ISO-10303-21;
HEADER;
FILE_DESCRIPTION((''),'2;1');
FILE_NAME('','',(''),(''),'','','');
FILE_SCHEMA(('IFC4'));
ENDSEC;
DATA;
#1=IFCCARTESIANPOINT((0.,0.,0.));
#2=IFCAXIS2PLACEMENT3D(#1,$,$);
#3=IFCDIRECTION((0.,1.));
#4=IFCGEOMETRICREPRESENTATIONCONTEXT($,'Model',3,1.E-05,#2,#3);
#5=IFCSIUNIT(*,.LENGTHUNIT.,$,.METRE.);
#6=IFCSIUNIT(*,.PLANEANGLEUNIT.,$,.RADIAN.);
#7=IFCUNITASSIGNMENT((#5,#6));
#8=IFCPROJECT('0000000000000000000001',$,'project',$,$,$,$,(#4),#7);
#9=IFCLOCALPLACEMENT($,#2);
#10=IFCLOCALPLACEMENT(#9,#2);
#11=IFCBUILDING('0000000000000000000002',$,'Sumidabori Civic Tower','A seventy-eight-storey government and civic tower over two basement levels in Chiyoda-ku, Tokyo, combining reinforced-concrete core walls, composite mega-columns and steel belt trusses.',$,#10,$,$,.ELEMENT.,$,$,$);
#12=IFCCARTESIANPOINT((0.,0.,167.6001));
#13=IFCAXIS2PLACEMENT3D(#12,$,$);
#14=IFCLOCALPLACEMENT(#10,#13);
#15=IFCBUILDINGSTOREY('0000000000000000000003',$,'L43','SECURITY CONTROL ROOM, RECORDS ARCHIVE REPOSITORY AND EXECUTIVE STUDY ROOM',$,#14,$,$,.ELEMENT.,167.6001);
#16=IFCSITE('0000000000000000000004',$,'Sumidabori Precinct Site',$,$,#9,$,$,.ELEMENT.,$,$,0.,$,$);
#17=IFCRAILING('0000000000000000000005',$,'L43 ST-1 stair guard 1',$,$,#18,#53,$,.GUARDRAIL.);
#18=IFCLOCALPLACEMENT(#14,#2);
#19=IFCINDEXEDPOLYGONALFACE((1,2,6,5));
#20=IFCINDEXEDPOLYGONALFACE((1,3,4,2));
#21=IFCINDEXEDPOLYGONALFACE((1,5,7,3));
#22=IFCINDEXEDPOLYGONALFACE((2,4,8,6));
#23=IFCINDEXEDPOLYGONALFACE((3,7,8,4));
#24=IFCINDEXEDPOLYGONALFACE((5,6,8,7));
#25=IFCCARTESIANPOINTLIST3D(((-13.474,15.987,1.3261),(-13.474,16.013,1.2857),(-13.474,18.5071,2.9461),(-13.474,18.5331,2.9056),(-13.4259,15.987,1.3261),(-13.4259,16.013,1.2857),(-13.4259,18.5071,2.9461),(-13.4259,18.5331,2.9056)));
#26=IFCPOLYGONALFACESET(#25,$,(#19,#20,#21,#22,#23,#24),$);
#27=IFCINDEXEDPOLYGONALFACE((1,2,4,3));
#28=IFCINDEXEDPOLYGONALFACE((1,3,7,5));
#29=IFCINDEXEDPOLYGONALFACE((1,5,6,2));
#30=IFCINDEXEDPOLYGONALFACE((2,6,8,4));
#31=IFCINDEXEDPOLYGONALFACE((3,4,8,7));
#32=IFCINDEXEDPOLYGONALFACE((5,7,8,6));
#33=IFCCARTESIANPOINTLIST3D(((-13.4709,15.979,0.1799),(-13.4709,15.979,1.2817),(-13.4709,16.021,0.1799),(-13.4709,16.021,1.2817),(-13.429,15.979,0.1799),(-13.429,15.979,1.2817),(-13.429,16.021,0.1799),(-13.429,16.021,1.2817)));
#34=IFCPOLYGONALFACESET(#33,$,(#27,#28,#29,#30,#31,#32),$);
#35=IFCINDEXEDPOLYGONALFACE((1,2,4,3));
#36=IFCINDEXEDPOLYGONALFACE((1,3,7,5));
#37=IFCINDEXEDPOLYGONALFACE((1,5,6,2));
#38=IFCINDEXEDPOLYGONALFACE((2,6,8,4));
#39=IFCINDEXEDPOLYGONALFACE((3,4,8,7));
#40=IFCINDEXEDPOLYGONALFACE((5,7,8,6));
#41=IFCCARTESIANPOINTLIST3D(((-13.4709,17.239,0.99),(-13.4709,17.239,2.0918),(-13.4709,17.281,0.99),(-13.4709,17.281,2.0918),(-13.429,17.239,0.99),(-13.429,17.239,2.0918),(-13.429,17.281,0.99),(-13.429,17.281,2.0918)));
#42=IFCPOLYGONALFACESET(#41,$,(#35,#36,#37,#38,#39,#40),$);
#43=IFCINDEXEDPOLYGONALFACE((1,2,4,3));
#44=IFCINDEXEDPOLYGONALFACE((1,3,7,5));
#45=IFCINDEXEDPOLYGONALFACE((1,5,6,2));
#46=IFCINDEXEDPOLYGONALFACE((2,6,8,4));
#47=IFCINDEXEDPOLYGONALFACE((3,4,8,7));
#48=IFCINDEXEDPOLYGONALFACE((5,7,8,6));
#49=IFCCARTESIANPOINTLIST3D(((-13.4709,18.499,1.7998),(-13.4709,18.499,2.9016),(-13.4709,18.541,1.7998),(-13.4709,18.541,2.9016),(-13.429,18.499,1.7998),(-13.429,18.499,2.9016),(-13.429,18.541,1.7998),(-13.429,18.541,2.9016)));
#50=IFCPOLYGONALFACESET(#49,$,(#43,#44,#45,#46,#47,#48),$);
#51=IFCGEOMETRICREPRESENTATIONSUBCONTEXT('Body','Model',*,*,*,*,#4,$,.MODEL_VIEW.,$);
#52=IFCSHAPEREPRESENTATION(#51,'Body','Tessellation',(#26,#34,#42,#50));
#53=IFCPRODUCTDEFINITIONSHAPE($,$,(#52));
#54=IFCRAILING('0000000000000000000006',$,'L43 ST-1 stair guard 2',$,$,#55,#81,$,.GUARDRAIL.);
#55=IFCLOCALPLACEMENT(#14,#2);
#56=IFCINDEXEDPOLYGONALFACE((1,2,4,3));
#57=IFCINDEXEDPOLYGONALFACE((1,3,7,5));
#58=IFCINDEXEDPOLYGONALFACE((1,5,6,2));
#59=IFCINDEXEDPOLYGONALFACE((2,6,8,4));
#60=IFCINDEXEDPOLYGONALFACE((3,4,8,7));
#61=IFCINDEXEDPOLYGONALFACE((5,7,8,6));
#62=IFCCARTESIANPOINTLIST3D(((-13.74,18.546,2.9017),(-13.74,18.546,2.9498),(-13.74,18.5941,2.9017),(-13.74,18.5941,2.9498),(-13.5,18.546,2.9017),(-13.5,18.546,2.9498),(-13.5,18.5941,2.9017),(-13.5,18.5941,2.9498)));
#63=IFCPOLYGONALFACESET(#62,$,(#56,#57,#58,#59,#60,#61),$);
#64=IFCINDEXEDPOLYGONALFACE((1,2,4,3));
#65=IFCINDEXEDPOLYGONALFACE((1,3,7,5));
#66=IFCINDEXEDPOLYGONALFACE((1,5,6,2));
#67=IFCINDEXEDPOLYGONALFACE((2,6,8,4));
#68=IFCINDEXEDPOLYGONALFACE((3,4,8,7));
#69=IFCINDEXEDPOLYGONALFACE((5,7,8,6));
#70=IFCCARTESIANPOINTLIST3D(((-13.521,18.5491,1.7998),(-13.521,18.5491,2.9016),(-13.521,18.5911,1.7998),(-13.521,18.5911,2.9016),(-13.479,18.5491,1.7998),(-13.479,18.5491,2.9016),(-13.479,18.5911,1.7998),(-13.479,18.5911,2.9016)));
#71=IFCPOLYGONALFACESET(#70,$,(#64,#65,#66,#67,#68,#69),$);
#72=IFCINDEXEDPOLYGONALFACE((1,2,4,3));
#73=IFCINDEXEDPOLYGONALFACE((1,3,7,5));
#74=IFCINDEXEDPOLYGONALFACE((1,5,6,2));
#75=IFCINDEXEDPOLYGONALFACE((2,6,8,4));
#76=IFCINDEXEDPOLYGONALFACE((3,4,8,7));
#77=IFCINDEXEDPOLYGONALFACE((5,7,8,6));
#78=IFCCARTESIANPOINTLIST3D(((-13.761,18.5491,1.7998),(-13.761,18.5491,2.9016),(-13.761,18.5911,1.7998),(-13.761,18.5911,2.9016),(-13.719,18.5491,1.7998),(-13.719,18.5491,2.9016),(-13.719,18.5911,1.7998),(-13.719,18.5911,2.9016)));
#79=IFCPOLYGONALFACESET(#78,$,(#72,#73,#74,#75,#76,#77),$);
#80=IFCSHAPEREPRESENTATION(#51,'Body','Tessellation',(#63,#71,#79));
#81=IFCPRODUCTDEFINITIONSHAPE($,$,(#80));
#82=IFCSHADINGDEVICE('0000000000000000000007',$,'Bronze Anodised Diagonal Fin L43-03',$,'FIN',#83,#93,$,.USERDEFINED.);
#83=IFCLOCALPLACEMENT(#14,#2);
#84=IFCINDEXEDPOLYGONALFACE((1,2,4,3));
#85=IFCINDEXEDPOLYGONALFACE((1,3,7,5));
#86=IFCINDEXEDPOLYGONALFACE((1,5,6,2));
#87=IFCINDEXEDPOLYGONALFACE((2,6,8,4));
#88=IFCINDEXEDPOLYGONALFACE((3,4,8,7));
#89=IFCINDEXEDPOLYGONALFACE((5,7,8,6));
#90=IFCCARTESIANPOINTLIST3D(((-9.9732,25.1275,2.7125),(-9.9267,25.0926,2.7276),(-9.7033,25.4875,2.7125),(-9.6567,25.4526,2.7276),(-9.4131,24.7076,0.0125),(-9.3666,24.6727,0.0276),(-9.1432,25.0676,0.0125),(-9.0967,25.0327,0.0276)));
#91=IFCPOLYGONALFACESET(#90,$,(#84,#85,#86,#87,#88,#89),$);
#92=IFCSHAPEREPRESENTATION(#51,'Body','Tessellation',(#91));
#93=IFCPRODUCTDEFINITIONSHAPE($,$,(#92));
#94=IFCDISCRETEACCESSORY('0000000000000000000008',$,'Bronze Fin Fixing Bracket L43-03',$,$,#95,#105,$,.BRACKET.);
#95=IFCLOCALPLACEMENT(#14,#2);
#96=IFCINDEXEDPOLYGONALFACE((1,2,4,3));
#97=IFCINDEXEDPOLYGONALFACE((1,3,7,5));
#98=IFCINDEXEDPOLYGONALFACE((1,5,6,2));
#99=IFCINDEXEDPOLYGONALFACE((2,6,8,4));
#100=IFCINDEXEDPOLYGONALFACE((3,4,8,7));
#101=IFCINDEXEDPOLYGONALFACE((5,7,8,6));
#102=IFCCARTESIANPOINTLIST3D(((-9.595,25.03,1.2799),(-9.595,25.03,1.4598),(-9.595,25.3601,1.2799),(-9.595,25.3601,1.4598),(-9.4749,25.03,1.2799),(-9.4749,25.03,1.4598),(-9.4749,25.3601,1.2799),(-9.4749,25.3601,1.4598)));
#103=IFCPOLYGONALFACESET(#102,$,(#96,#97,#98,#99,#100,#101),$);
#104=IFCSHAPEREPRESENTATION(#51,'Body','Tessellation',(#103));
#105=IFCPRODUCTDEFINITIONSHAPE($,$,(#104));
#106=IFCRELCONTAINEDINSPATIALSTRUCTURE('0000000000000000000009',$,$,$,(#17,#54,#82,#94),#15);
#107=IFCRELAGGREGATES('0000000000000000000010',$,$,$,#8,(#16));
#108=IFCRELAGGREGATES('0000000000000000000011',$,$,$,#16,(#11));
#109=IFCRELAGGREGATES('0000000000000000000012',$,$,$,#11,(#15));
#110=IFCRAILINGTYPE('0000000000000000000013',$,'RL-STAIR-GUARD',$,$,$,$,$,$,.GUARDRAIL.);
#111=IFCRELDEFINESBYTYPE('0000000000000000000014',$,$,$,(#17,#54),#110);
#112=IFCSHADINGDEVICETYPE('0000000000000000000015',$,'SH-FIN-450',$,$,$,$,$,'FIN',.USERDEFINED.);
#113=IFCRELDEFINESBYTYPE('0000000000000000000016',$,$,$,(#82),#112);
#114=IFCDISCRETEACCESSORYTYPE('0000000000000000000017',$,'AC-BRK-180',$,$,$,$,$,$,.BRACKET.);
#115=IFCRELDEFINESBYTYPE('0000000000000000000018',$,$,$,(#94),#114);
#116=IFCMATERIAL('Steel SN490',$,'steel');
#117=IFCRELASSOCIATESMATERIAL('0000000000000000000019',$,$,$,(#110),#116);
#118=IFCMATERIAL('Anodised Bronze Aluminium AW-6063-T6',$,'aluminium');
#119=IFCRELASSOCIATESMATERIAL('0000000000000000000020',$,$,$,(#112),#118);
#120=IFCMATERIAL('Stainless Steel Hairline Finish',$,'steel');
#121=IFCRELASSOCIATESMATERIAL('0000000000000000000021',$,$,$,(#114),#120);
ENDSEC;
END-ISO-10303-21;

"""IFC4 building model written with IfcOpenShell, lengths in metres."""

from ifc_helpers import new_model, si_unit, direction, frame, origin, origin_2d, place, context, subcontext, project, spatial, rectangle, extrude, source, transform, mapped, material, material_profile, profile_set, type_object, element, save


model = new_model("IFC4")

# Units and contexts
model_context = context("Model", 3, precision=1e-05, world=origin(), true_north=direction((0.0, 1.0)))
body_context = subcontext(model_context, "Body", "Model", "MODEL_VIEW")
ifc_project = project(units=[si_unit("LENGTHUNIT", "METRE"), si_unit("PLANEANGLEUNIT", "RADIAN")], contexts=[model_context])

# Site, building, storey
site_placement = place(None, origin())
site = spatial("IfcSite", under=ifc_project, at=site_placement, Name="Sumidabori Precinct Site", CompositionType="ELEMENT", RefElevation=0.0)
building_placement = place(site_placement, origin())
building = spatial("IfcBuilding", under=site, at=building_placement, Name="Sumidabori Civic Tower", Description="A seventy-eight-storey government and civic tower over two basement levels in Chiyoda-ku, Tokyo, combining reinforced-concrete core walls, composite mega-columns and steel belt trusses.", CompositionType="ELEMENT")
storey_placement = place(building_placement, frame((0.0, 0.0, 167.6001)))
storey = spatial("IfcBuildingStorey", under=building, at=storey_placement, Name="L43", Description="SECURITY CONTROL ROOM, RECORDS ARCHIVE REPOSITORY AND EXECUTIVE STUDY ROOM", CompositionType="ELEMENT", Elevation=167.6001)

# Shared definitions
ifc_material_1 = material(Name="Anodised Bronze Aluminium AW-6063-T6", Category="aluminium")

# Railings
ifc_material_2 = material(Name="Stainless Steel Hairline Finish", Category="steel")
ifc_material_3 = material(Name="Steel SN490", Category="steel")
railing_type_1 = type_object("IfcRailingType", Name="RL-STAIR-GUARD", PredefinedType="GUARDRAIL", material=ifc_material_3)
railing_1_placement = place(storey_placement, frame((-13.45, 16.0, 0.1799)))
element("IfcRailing", 1, at=railing_1_placement, inside=storey, type_object=railing_type_1, Name="L43 ST-1 stair guard 1", PredefinedType="GUARDRAIL", context=body_context, shape_type="SweptSolid", body=[
    extrude(rectangle(XDim=0.0481, YDim=0.0481, at=origin_2d()), frame((0.0, 0.0, 1.126), z_axis=(0.0, 0.8412, 0.540725), x_axis=(-1.0, 0.0, 0.0)), (0.0, 0.0, 1.0), 2.9958),
    extrude(rectangle(XDim=0.042, YDim=0.042, at=origin_2d()), origin(), (0.0, 0.0, 1.0), 1.1018),
    extrude(rectangle(XDim=0.042, YDim=0.042, at=origin_2d()), frame((0.0, 1.26, 0.8101)), (0.0, 0.0, 1.0), 1.1018),
    extrude(rectangle(XDim=0.042, YDim=0.042, at=origin_2d()), frame((0.0, 2.52, 1.6199)), (0.0, 0.0, 1.0), 1.1018),
])
railing_2_placement = place(storey_placement, frame((-13.5, 18.5701, 1.7998)))
element("IfcRailing", 2, at=railing_2_placement, inside=storey, type_object=railing_type_1, Name="L43 ST-1 stair guard 2", PredefinedType="GUARDRAIL", context=body_context, shape_type="SweptSolid", body=[
    extrude(rectangle(XDim=0.0481, YDim=0.0481, at=origin_2d()), frame((0.0, 0.0, 1.126), z_axis=(-1.0, 0.0, 0.0), x_axis=(0.0, -1.0, 0.0)), (0.0, 0.0, 1.0), 0.24),
    extrude(rectangle(XDim=0.042, YDim=0.042, at=origin_2d()), origin(), (0.0, 0.0, 1.0), 1.1018),
    extrude(rectangle(XDim=0.042, YDim=0.042, at=origin_2d()), frame((-0.24, 0.0, 0.0)), (0.0, 0.0, 1.0), 1.1018),
])

# Shading device
ifc_material_profile_1 = material_profile(ifc_material_1, rectangle(XDim=0.0601, YDim=0.45, at=origin_2d()), Name="BRONZE FIN 450x60")
ifc_profile_set_1 = profile_set([ifc_material_profile_1], Name="Anodised Bronze Aluminium AW-6063-T6")
shading_device_type = type_object("IfcShadingDeviceType", Name="SH-FIN-450", ElementType="FIN", PredefinedType="USERDEFINED", material=ifc_profile_set_1)
shared_shape_1 = source(origin(), body_context, "Body", "SweptSolid", [
    extrude(rectangle(XDim=0.0601, YDim=0.45, at=origin_2d()), origin(), (0.0, 0.0, 1.0), 2.7893),
])
shading_device_placement = place(storey_placement, frame((-9.2549, 24.8701, 0.02), z_axis=(-0.200794, 0.150552, 0.967996), x_axis=(0.774478, -0.580689, 0.250966)))
element("IfcShadingDevice", 3, at=shading_device_placement, inside=storey, type_object=shading_device_type, Name="Bronze Anodised Diagonal Fin L43-03", ObjectType="FIN", PredefinedType="USERDEFINED", context=body_context, shape_type="MappedRepresentation", body=[
    mapped(shared_shape_1, transform((0.0, 0.0, 0.0), x_axis=(1.0, 0.0, 0.0), y_axis=(0.0, 1.0, 0.0), z_axis=(0.0, 0.0, 1.0), scale=1.0)),
])

# Discrete accessory
ifc_material_profile_2 = material_profile(ifc_material_2, rectangle(XDim=0.1201, YDim=0.1799, at=origin_2d()), Name="STEEL BRACKET 180x120")
ifc_profile_set_2 = profile_set([ifc_material_profile_2], Name="Stainless Steel Hairline Finish")
discrete_accessory_type = type_object("IfcDiscreteAccessoryType", Name="AC-BRK-180", PredefinedType="BRACKET", material=ifc_profile_set_2)
shared_shape_2 = source(origin(), body_context, "Body", "SweptSolid", [
    extrude(rectangle(XDim=0.1201, YDim=0.1799, at=origin_2d()), origin(), (0.0, 0.0, 1.0), 0.3301),
])
discrete_accessory_placement = place(storey_placement, frame((-9.5349, 25.03, 1.3699), z_axis=(0.0, 1.0, 0.0), x_axis=(-1.0, 0.0, 0.0)))
element("IfcDiscreteAccessory", 4, at=discrete_accessory_placement, inside=storey, type_object=discrete_accessory_type, Name="Bronze Fin Fixing Bracket L43-03", PredefinedType="BRACKET", context=body_context, shape_type="MappedRepresentation", body=[
    mapped(shared_shape_2, transform((0.0, 0.0, 0.0), x_axis=(1.0, 0.0, 0.0), y_axis=(0.0, 1.0, 0.0), z_axis=(0.0, 0.0, 1.0), scale=1.0)),
])

save(model, "model.ifc")
